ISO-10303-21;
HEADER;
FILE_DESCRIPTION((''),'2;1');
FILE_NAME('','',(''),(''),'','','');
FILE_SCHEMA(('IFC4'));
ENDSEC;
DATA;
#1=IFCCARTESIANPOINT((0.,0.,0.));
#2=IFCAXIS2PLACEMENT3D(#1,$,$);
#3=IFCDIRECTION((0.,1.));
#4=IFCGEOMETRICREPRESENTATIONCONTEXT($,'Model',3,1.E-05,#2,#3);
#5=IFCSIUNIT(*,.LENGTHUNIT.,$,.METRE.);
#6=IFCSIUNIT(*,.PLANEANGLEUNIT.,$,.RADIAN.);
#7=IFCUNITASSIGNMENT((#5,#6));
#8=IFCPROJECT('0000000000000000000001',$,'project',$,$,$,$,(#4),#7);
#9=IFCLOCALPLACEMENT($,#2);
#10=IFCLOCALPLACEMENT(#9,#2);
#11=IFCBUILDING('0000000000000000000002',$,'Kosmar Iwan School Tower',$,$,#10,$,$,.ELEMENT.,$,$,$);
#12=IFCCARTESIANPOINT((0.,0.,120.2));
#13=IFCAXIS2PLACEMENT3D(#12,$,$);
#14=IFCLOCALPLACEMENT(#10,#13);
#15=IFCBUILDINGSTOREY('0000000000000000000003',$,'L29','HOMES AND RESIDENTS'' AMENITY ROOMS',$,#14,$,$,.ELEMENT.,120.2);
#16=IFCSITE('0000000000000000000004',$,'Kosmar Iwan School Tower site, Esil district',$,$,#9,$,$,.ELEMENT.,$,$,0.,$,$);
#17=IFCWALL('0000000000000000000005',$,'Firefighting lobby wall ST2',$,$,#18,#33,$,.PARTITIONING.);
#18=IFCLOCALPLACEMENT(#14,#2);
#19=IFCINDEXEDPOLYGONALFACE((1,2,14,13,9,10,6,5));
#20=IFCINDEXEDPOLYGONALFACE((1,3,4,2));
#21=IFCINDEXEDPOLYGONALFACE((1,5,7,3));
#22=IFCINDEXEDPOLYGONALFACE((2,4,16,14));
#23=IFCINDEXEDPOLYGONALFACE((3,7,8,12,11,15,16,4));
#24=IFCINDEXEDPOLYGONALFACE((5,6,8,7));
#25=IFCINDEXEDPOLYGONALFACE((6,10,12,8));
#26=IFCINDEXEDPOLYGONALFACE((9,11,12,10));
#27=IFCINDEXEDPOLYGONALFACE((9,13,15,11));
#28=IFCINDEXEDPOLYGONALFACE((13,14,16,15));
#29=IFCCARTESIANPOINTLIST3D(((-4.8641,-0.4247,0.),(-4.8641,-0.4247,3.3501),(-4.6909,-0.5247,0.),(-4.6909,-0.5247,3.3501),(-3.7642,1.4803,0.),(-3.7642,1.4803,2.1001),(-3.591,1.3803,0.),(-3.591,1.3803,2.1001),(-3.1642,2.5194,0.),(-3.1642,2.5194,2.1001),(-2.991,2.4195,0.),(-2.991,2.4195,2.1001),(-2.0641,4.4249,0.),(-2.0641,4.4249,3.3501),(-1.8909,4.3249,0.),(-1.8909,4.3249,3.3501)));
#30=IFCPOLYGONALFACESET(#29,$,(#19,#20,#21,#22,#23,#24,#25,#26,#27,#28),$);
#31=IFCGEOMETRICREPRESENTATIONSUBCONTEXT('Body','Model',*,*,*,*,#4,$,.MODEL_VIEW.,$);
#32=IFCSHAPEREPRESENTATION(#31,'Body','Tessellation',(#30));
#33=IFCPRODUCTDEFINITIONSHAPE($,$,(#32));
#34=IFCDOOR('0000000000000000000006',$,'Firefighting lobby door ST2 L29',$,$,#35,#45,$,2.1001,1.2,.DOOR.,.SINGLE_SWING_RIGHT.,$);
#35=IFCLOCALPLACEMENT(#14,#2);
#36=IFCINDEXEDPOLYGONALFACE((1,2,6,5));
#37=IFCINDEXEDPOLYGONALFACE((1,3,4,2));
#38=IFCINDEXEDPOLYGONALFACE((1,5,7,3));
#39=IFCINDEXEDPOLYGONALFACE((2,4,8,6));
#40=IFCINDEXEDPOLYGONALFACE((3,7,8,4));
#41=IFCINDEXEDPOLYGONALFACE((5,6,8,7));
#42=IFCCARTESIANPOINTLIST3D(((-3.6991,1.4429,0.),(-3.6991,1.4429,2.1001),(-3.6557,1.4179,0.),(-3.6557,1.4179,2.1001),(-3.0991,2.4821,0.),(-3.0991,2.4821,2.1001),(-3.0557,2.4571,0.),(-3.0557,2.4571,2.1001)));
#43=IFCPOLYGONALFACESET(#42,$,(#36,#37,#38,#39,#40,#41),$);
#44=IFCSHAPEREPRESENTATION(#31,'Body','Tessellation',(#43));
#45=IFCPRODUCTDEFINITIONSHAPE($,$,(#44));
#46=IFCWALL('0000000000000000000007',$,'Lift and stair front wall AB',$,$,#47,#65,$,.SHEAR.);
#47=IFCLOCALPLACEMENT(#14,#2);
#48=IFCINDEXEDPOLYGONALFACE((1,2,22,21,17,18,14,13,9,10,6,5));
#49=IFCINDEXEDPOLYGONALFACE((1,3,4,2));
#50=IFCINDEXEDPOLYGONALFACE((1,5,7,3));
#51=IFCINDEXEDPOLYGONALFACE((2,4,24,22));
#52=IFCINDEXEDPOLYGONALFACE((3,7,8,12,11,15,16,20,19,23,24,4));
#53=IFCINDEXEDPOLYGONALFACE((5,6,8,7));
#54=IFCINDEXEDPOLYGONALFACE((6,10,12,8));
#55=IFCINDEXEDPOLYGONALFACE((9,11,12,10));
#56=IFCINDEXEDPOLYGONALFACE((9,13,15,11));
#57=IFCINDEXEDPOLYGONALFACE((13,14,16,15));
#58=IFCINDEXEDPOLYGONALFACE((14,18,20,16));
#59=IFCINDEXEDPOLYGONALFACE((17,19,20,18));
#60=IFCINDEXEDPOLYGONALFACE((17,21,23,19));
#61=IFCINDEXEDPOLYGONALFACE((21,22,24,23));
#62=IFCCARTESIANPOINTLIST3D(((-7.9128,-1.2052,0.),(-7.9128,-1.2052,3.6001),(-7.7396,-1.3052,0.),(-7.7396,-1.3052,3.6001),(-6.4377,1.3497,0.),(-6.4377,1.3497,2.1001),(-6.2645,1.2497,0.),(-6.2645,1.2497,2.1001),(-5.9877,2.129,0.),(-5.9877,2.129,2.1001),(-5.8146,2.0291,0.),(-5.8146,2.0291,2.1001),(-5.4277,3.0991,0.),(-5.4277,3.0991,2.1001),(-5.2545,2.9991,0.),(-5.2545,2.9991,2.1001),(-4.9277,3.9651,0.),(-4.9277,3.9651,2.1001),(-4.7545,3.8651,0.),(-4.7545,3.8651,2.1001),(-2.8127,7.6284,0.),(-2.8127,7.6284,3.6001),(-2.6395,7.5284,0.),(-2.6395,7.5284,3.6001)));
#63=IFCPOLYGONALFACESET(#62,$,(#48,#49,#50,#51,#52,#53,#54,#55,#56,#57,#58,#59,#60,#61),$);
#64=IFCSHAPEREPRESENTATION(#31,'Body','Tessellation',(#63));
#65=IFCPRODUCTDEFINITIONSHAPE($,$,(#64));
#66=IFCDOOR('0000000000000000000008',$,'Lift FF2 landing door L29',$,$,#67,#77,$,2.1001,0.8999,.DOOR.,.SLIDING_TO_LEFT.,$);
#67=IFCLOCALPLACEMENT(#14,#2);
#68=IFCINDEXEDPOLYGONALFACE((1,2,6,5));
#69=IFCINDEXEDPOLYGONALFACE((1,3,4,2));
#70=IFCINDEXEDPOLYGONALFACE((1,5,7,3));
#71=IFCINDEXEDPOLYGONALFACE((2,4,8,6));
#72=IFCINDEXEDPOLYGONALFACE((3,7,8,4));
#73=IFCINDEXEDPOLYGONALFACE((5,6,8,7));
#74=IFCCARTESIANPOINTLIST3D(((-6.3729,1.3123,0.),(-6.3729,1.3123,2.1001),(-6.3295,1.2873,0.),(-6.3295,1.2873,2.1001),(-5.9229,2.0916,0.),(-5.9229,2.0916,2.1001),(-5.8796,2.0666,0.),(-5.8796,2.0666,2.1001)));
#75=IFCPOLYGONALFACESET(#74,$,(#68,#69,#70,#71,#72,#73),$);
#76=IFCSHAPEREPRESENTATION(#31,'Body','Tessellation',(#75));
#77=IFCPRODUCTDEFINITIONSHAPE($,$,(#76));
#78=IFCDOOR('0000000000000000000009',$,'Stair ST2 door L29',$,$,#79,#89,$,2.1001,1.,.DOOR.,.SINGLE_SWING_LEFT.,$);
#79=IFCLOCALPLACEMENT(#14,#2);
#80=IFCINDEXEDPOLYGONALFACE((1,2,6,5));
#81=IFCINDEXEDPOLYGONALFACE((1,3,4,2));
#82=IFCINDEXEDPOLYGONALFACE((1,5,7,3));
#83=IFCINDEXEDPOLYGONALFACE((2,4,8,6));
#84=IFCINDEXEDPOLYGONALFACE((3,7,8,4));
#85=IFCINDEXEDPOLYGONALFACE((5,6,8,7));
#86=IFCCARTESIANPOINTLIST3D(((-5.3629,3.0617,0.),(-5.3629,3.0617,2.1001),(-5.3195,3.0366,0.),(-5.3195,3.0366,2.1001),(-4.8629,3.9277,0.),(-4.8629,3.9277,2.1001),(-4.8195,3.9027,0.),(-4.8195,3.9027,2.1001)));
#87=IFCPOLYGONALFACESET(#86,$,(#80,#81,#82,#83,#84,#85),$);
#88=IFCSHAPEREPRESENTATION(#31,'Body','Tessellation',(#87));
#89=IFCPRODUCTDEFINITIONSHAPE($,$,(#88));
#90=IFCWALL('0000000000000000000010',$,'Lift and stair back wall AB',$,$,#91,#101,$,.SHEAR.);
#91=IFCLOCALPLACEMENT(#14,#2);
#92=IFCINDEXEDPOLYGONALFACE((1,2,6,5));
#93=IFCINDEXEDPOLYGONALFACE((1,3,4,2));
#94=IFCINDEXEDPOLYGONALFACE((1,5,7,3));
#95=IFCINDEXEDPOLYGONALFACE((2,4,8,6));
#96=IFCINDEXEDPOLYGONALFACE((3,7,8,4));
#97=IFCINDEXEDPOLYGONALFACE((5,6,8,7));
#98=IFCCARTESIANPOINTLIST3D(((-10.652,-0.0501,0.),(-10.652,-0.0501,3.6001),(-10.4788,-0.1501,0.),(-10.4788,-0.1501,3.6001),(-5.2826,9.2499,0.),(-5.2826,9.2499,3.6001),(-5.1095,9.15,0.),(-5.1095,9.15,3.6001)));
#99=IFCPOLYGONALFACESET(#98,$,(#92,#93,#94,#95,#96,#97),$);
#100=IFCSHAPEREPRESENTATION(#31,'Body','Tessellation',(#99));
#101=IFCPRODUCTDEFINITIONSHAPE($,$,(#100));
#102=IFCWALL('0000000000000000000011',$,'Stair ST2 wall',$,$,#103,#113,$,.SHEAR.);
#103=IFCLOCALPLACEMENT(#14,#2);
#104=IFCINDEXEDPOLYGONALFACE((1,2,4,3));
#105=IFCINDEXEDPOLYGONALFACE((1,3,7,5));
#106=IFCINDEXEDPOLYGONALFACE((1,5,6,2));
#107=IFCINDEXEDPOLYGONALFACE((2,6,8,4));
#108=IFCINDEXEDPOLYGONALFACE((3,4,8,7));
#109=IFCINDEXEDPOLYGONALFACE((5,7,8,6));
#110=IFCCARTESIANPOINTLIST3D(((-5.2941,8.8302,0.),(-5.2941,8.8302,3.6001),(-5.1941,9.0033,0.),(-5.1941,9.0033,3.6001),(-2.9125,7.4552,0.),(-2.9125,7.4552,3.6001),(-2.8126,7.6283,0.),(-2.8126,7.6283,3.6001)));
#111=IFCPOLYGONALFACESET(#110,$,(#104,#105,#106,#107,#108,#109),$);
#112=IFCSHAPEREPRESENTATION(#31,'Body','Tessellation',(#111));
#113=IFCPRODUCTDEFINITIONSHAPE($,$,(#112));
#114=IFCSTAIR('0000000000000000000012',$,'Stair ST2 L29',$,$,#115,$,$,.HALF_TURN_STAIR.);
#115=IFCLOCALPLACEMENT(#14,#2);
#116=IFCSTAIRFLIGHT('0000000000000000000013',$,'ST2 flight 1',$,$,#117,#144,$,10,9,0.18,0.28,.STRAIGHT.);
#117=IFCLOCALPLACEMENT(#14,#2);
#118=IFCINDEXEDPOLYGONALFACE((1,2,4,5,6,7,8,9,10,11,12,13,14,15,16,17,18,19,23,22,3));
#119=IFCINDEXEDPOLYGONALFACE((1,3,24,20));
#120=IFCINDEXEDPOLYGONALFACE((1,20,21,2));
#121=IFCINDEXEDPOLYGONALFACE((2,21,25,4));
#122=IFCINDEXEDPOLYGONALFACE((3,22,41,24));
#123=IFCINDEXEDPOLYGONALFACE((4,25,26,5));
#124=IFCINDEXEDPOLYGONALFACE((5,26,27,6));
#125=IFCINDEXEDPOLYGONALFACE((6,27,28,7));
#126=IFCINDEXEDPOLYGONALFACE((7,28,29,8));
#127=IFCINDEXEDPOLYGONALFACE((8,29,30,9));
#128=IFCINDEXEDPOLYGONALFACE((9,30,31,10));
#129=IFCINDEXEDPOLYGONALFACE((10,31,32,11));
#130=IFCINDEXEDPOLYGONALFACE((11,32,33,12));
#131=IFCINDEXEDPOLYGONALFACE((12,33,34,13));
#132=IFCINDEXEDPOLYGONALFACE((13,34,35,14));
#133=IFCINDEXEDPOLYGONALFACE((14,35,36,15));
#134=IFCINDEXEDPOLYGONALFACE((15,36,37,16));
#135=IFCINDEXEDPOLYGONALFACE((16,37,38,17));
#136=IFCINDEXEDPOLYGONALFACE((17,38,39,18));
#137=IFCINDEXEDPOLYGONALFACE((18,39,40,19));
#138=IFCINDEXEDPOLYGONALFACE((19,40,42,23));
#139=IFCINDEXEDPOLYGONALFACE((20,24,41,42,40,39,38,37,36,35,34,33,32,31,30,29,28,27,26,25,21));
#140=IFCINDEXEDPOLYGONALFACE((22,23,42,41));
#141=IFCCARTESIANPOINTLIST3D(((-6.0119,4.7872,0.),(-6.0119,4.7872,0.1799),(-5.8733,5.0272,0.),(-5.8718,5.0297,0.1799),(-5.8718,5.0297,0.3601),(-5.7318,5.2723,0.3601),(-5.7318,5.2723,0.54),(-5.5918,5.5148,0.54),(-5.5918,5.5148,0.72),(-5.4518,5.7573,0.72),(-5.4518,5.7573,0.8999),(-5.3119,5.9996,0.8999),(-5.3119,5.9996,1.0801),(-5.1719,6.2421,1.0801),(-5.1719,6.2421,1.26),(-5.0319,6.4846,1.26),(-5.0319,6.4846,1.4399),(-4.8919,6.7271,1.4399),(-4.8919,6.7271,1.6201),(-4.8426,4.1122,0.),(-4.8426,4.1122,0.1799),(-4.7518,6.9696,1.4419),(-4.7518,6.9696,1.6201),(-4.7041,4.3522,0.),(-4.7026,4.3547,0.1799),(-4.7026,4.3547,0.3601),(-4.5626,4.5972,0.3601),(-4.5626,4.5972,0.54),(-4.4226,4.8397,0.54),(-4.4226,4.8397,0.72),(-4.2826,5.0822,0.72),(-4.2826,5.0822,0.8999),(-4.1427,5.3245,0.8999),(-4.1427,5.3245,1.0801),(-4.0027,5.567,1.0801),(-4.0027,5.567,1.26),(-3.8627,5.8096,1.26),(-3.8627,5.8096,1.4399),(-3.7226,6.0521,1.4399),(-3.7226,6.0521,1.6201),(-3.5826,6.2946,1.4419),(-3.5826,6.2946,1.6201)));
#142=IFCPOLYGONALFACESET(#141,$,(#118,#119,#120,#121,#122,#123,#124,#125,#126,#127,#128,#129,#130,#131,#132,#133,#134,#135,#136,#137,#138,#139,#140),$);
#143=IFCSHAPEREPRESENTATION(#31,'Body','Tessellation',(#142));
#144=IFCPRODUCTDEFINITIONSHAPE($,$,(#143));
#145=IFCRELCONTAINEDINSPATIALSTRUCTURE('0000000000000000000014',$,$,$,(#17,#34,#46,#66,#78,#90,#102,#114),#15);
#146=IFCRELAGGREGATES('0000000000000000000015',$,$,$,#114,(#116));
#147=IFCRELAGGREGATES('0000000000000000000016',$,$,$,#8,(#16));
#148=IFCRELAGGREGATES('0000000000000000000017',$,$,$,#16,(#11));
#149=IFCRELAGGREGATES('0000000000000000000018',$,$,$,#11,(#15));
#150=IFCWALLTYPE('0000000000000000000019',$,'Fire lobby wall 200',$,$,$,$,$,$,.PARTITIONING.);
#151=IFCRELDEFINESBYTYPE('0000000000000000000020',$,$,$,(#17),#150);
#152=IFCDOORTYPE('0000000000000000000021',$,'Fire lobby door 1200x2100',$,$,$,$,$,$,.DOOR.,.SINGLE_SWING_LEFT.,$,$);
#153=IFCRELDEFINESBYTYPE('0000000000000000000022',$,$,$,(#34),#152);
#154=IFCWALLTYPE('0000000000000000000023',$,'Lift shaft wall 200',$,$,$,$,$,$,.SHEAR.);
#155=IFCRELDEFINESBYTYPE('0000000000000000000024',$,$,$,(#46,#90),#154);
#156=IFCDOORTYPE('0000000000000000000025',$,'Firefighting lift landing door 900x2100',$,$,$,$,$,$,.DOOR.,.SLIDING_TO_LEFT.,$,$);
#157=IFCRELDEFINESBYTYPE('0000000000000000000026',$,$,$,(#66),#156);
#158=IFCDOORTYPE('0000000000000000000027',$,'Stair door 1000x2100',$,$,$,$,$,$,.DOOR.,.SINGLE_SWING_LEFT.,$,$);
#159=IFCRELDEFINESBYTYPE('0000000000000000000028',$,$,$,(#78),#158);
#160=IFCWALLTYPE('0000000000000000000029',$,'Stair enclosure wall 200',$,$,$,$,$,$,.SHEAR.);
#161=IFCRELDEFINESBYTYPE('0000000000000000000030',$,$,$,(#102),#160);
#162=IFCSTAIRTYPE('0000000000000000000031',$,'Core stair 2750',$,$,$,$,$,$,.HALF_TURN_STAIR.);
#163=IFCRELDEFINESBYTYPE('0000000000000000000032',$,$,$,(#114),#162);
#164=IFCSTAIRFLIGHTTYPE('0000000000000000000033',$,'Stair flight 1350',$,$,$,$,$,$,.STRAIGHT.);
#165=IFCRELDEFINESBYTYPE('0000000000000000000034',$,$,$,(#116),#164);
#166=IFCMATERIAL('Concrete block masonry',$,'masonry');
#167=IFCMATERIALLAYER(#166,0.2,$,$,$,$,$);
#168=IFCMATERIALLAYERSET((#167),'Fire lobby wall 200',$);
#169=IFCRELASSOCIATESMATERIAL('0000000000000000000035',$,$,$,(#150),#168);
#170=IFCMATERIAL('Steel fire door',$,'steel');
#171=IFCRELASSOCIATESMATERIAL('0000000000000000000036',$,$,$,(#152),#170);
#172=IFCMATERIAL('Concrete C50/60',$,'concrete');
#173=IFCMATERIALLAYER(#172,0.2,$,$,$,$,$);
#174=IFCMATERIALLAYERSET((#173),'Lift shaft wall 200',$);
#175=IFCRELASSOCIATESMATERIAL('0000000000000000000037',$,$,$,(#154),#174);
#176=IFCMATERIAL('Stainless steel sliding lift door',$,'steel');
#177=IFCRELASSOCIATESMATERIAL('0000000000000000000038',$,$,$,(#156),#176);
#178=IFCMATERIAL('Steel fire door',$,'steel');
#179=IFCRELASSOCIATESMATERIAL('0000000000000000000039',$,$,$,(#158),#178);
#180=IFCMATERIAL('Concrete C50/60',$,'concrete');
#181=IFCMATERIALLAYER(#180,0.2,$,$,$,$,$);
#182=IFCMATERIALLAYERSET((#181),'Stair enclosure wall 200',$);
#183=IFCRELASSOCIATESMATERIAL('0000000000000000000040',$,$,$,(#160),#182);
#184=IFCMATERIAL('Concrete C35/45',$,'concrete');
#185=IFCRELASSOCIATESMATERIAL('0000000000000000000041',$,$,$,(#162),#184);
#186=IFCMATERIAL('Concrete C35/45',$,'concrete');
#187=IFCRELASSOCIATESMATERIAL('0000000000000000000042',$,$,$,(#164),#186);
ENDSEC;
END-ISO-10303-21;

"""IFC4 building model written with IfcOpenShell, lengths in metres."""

from ifc_helpers import new_model, si_unit, direction, frame, frame_2d, origin, place, context, subcontext, project, spatial, polyline, rectangle, outline, extrude, material, layer, layer_set, type_object, element, fill, aggregate, save


model = new_model("IFC4")

# Units and contexts
model_context = context("Model", 3, precision=1e-05, world=origin(), true_north=direction((0.0, 1.0)))
body_context = subcontext(model_context, "Body", "Model", "MODEL_VIEW")
ifc_project = project(units=[si_unit("LENGTHUNIT", "METRE"), si_unit("PLANEANGLEUNIT", "RADIAN")], contexts=[model_context])

# Site, building, storey
site_placement = place(None, origin())
site = spatial("IfcSite", under=ifc_project, at=site_placement, Name="Kosmar Iwan School Tower site, Esil district", CompositionType="ELEMENT", RefElevation=0.0)
building_placement = place(site_placement, origin())
building = spatial("IfcBuilding", under=site, at=building_placement, Name="Kosmar Iwan School Tower", CompositionType="ELEMENT")
storey_placement = place(building_placement, frame((0.0, 0.0, 120.2)))
storey = spatial("IfcBuildingStorey", under=building, at=storey_placement, Name="L29", Description="HOMES AND RESIDENTS' AMENITY ROOMS", CompositionType="ELEMENT", Elevation=120.2)

# Wall, opening, door
ifc_material_1 = material(Name="Concrete block masonry", Category="masonry")
ifc_layer_1 = layer(ifc_material_1, 0.2)
ifc_layer_set_1 = layer_set([ifc_layer_1], Name="Fire lobby wall 200")
wall_type_1 = type_object("IfcWallType", Name="Fire lobby wall 200", PredefinedType="PARTITIONING", material=ifc_layer_set_1)
wall_1_placement = place(storey_placement, frame((-1.9775, 4.3748, 0.0), z_axis=(0.0, 0.0, 1.0), x_axis=(-0.500017, -0.866016, 0.0)))
wall_1 = element("IfcWall", 1, at=wall_1_placement, inside=storey, type_object=wall_type_1, Name="Firefighting lobby wall ST2", PredefinedType="PARTITIONING", context=body_context, shape_type="SweptSolid", body=[
    extrude(rectangle(XDim=5.5999, YDim=0.2, at=frame_2d((2.7998, 0.0))), origin(), (0.0, 0.0, 1.0), 3.3501),
])
opening_1_placement = place(wall_1_placement, frame((2.2, 0.0, 0.0)))
opening_1 = element("IfcOpeningElement", 2, at=opening_1_placement, cuts=wall_1, PredefinedType="OPENING", context=body_context, shape_type="SweptSolid", body=[
    extrude(rectangle(XDim=1.2, YDim=2.1001, at=frame_2d((0.6001, 1.05))), frame((0.0, 0.1121, 0.0), z_axis=(0.0, -1.0, 0.0), x_axis=(1.0, 0.0, 0.0)), (0.0, 0.0, 1.0), 0.2239),
])
ifc_material_2 = material(Name="Steel fire door", Category="steel")
door_type_1 = type_object("IfcDoorType", Name="Fire lobby door 1200x2100", OperationType="SINGLE_SWING_LEFT", PredefinedType="DOOR", material=ifc_material_2)
door_1_placement = place(opening_1_placement, frame((1.2, 0.0, 0.0), z_axis=(0.0, 0.0, 1.0), x_axis=(-1.0, 0.0, 0.0)))
door_1 = element("IfcDoor", 3, at=door_1_placement, inside=storey, type_object=door_type_1, Name="Firefighting lobby door ST2 L29", OperationType="SINGLE_SWING_RIGHT", OverallHeight=2.1001, OverallWidth=1.2, PredefinedType="DOOR", context=body_context, shape_type="SweptSolid", body=[
    extrude(rectangle(XDim=1.2, YDim=2.1001, at=frame_2d((0.6001, 1.05))), frame((0.0, 0.0249, 0.0), z_axis=(0.0, -1.0, 0.0), x_axis=(1.0, 0.0, 0.0)), (0.0, 0.0, 1.0), 0.05),
])
fill(opening_1, door_1)

# Wall, openings, doors
ifc_material_3 = material(Name="Concrete C50/60", Category="concrete")
ifc_layer_2 = layer(ifc_material_3, 0.2)
ifc_layer_set_2 = layer_set([ifc_layer_2], Name="Lift shaft wall 200")
wall_type_2 = type_object("IfcWallType", Name="Lift shaft wall 200", PredefinedType="SHEAR", material=ifc_layer_set_2)
wall_2_placement = place(storey_placement, frame((-2.7261, 7.5784, 0.0), z_axis=(0.0, 0.0, 1.0), x_axis=(-0.500006, -0.866022, 0.0)))
wall_2 = element("IfcWall", 4, at=wall_2_placement, inside=storey, type_object=wall_type_2, Name="Lift and stair front wall AB", PredefinedType="SHEAR", context=body_context, shape_type="SweptSolid", body=[
    extrude(rectangle(XDim=10.2002, YDim=0.2, at=frame_2d((5.1001, 0.0))), origin(), (0.0, 0.0, 1.0), 3.6001),
])
opening_2_placement = place(wall_2_placement, frame((6.3501, 0.0, 0.0)))
opening_2 = element("IfcOpeningElement", 5, at=opening_2_placement, cuts=wall_2, PredefinedType="OPENING", context=body_context, shape_type="SweptSolid", body=[
    extrude(rectangle(XDim=0.8999, YDim=2.1001, at=frame_2d((0.45, 1.05))), frame((0.0, 0.1121, 0.0), z_axis=(0.0, -1.0, 0.0), x_axis=(1.0, 0.0, 0.0)), (0.0, 0.0, 1.0), 0.2239),
])
opening_3_placement = place(wall_2_placement, frame((4.23, 0.0, 0.0)))
opening_3 = element("IfcOpeningElement", 6, at=opening_3_placement, cuts=wall_2, PredefinedType="OPENING", context=body_context, shape_type="SweptSolid", body=[
    extrude(rectangle(XDim=1.0, YDim=2.1001, at=frame_2d((0.5, 1.05))), frame((0.0, 0.1121, 0.0), z_axis=(0.0, -1.0, 0.0), x_axis=(1.0, 0.0, 0.0)), (0.0, 0.0, 1.0), 0.2239),
])
ifc_material_4 = material(Name="Stainless steel sliding lift door", Category="steel")
door_type_2 = type_object("IfcDoorType", Name="Firefighting lift landing door 900x2100", OperationType="SLIDING_TO_LEFT", PredefinedType="DOOR", material=ifc_material_4)
door_2_placement = place(opening_2_placement, origin())
door_2 = element("IfcDoor", 7, at=door_2_placement, inside=storey, type_object=door_type_2, Name="Lift FF2 landing door L29", OperationType="SLIDING_TO_LEFT", OverallHeight=2.1001, OverallWidth=0.8999, PredefinedType="DOOR", context=body_context, shape_type="SweptSolid", body=[
    extrude(rectangle(XDim=0.8999, YDim=2.1001, at=frame_2d((0.45, 1.05))), frame((0.0, 0.0249, 0.0), z_axis=(0.0, -1.0, 0.0), x_axis=(1.0, 0.0, 0.0)), (0.0, 0.0, 1.0), 0.05),
])
fill(opening_2, door_2)
ifc_material_5 = material(Name="Steel fire door", Category="steel")
door_type_3 = type_object("IfcDoorType", Name="Stair door 1000x2100", OperationType="SINGLE_SWING_LEFT", PredefinedType="DOOR", material=ifc_material_5)
door_3_placement = place(opening_3_placement, origin())
door_3 = element("IfcDoor", 8, at=door_3_placement, inside=storey, type_object=door_type_3, Name="Stair ST2 door L29", OperationType="SINGLE_SWING_LEFT", OverallHeight=2.1001, OverallWidth=1.0, PredefinedType="DOOR", context=body_context, shape_type="SweptSolid", body=[
    extrude(rectangle(XDim=1.0, YDim=2.1001, at=frame_2d((0.5, 1.05))), frame((0.0, 0.0249, 0.0), z_axis=(0.0, -1.0, 0.0), x_axis=(1.0, 0.0, 0.0)), (0.0, 0.0, 1.0), 0.05),
])
fill(opening_3, door_3)

# Walls
wall_3_placement = place(storey_placement, frame((-5.196, 9.2, 0.0), z_axis=(0.0, 0.0, 1.0), x_axis=(-0.5, -0.866025, 0.0)))
element("IfcWall", 9, at=wall_3_placement, inside=storey, type_object=wall_type_2, Name="Lift and stair back wall AB", PredefinedType="SHEAR", context=body_context, shape_type="SweptSolid", body=[
    extrude(rectangle(XDim=10.7388, YDim=0.2, at=frame_2d((5.3694, 0.0))), origin(), (0.0, 0.0, 1.0), 3.6001),
])
ifc_material_6 = material(Name="Concrete C50/60", Category="concrete")
ifc_layer_3 = layer(ifc_material_6, 0.2)
ifc_layer_set_3 = layer_set([ifc_layer_3], Name="Stair enclosure wall 200")
wall_type_3 = type_object("IfcWallType", Name="Stair enclosure wall 200", PredefinedType="SHEAR", material=ifc_layer_set_3)
wall_4_placement = place(storey_placement, frame((-2.8625, 7.5417, 0.0), z_axis=(0.0, 0.0, 1.0), x_axis=(-0.866027, 0.499997, 0.0)))
element("IfcWall", 10, at=wall_4_placement, inside=storey, type_object=wall_type_3, Name="Stair ST2 wall", PredefinedType="SHEAR", context=body_context, shape_type="SweptSolid", body=[
    extrude(rectangle(XDim=2.75, YDim=0.2, at=frame_2d((1.375, 0.0))), origin(), (0.0, 0.0, 1.0), 3.6001),
])

# Stair, stair flight
ifc_material_7 = material(Name="Concrete C35/45", Category="concrete")
stair_type = type_object("IfcStairType", Name="Core stair 2750", PredefinedType="HALF_TURN_STAIR", material=ifc_material_7)
stair_placement = place(storey_placement, origin())
stair = element("IfcStair", 11, at=stair_placement, inside=storey, type_object=stair_type, Name="Stair ST2 L29", PredefinedType="HALF_TURN_STAIR")
ifc_material_8 = material(Name="Concrete C35/45", Category="concrete")
stair_flight_type = type_object("IfcStairFlightType", Name="Stair flight 1350", PredefinedType="STRAIGHT", material=ifc_material_8)
stair_flight_1_placement = place(storey_placement, frame((-5.4272, 4.4497, 0.0), z_axis=(0.0, 0.0, 1.0), x_axis=(0.5, 0.866025, 0.0)))
stair_flight_1 = element("IfcStairFlight", 12, at=stair_flight_1_placement, type_object=stair_flight_type, Name="ST2 flight 1", NumberOfRisers=10, NumberOfTreads=9, PredefinedType="STRAIGHT", RiserHeight=0.18, TreadLength=0.28, context=body_context, shape_type="SweptSolid", body=[
    extrude(outline(polyline([(0.0, 0.0), (0.0, 0.1799), (0.28, 0.1799), (0.28, 0.3601), (0.5601, 0.3601), (0.5601, 0.54), (0.8401, 0.54), (0.8401, 0.72), (1.1201, 0.72), (1.1201, 0.8999), (1.3999, 0.8999), (1.3999, 1.0801), (1.6799, 1.0801), (1.6799, 1.26), (1.96, 1.26), (1.96, 1.4399), (2.24, 1.4399), (2.24, 1.6201), (2.52, 1.6201), (2.52, 1.8), (2.52, 1.4419), (0.2771, 0.0), (0.0, 0.0)])), frame((0.0, 0.675, 0.0), z_axis=(0.0, -1.0, 0.0), x_axis=(1.0, 0.0, 0.0)), (0.0, 0.0, 1.0), 1.3501),
])
aggregate(stair, [stair_flight_1])

save(model, "model.ifc")
